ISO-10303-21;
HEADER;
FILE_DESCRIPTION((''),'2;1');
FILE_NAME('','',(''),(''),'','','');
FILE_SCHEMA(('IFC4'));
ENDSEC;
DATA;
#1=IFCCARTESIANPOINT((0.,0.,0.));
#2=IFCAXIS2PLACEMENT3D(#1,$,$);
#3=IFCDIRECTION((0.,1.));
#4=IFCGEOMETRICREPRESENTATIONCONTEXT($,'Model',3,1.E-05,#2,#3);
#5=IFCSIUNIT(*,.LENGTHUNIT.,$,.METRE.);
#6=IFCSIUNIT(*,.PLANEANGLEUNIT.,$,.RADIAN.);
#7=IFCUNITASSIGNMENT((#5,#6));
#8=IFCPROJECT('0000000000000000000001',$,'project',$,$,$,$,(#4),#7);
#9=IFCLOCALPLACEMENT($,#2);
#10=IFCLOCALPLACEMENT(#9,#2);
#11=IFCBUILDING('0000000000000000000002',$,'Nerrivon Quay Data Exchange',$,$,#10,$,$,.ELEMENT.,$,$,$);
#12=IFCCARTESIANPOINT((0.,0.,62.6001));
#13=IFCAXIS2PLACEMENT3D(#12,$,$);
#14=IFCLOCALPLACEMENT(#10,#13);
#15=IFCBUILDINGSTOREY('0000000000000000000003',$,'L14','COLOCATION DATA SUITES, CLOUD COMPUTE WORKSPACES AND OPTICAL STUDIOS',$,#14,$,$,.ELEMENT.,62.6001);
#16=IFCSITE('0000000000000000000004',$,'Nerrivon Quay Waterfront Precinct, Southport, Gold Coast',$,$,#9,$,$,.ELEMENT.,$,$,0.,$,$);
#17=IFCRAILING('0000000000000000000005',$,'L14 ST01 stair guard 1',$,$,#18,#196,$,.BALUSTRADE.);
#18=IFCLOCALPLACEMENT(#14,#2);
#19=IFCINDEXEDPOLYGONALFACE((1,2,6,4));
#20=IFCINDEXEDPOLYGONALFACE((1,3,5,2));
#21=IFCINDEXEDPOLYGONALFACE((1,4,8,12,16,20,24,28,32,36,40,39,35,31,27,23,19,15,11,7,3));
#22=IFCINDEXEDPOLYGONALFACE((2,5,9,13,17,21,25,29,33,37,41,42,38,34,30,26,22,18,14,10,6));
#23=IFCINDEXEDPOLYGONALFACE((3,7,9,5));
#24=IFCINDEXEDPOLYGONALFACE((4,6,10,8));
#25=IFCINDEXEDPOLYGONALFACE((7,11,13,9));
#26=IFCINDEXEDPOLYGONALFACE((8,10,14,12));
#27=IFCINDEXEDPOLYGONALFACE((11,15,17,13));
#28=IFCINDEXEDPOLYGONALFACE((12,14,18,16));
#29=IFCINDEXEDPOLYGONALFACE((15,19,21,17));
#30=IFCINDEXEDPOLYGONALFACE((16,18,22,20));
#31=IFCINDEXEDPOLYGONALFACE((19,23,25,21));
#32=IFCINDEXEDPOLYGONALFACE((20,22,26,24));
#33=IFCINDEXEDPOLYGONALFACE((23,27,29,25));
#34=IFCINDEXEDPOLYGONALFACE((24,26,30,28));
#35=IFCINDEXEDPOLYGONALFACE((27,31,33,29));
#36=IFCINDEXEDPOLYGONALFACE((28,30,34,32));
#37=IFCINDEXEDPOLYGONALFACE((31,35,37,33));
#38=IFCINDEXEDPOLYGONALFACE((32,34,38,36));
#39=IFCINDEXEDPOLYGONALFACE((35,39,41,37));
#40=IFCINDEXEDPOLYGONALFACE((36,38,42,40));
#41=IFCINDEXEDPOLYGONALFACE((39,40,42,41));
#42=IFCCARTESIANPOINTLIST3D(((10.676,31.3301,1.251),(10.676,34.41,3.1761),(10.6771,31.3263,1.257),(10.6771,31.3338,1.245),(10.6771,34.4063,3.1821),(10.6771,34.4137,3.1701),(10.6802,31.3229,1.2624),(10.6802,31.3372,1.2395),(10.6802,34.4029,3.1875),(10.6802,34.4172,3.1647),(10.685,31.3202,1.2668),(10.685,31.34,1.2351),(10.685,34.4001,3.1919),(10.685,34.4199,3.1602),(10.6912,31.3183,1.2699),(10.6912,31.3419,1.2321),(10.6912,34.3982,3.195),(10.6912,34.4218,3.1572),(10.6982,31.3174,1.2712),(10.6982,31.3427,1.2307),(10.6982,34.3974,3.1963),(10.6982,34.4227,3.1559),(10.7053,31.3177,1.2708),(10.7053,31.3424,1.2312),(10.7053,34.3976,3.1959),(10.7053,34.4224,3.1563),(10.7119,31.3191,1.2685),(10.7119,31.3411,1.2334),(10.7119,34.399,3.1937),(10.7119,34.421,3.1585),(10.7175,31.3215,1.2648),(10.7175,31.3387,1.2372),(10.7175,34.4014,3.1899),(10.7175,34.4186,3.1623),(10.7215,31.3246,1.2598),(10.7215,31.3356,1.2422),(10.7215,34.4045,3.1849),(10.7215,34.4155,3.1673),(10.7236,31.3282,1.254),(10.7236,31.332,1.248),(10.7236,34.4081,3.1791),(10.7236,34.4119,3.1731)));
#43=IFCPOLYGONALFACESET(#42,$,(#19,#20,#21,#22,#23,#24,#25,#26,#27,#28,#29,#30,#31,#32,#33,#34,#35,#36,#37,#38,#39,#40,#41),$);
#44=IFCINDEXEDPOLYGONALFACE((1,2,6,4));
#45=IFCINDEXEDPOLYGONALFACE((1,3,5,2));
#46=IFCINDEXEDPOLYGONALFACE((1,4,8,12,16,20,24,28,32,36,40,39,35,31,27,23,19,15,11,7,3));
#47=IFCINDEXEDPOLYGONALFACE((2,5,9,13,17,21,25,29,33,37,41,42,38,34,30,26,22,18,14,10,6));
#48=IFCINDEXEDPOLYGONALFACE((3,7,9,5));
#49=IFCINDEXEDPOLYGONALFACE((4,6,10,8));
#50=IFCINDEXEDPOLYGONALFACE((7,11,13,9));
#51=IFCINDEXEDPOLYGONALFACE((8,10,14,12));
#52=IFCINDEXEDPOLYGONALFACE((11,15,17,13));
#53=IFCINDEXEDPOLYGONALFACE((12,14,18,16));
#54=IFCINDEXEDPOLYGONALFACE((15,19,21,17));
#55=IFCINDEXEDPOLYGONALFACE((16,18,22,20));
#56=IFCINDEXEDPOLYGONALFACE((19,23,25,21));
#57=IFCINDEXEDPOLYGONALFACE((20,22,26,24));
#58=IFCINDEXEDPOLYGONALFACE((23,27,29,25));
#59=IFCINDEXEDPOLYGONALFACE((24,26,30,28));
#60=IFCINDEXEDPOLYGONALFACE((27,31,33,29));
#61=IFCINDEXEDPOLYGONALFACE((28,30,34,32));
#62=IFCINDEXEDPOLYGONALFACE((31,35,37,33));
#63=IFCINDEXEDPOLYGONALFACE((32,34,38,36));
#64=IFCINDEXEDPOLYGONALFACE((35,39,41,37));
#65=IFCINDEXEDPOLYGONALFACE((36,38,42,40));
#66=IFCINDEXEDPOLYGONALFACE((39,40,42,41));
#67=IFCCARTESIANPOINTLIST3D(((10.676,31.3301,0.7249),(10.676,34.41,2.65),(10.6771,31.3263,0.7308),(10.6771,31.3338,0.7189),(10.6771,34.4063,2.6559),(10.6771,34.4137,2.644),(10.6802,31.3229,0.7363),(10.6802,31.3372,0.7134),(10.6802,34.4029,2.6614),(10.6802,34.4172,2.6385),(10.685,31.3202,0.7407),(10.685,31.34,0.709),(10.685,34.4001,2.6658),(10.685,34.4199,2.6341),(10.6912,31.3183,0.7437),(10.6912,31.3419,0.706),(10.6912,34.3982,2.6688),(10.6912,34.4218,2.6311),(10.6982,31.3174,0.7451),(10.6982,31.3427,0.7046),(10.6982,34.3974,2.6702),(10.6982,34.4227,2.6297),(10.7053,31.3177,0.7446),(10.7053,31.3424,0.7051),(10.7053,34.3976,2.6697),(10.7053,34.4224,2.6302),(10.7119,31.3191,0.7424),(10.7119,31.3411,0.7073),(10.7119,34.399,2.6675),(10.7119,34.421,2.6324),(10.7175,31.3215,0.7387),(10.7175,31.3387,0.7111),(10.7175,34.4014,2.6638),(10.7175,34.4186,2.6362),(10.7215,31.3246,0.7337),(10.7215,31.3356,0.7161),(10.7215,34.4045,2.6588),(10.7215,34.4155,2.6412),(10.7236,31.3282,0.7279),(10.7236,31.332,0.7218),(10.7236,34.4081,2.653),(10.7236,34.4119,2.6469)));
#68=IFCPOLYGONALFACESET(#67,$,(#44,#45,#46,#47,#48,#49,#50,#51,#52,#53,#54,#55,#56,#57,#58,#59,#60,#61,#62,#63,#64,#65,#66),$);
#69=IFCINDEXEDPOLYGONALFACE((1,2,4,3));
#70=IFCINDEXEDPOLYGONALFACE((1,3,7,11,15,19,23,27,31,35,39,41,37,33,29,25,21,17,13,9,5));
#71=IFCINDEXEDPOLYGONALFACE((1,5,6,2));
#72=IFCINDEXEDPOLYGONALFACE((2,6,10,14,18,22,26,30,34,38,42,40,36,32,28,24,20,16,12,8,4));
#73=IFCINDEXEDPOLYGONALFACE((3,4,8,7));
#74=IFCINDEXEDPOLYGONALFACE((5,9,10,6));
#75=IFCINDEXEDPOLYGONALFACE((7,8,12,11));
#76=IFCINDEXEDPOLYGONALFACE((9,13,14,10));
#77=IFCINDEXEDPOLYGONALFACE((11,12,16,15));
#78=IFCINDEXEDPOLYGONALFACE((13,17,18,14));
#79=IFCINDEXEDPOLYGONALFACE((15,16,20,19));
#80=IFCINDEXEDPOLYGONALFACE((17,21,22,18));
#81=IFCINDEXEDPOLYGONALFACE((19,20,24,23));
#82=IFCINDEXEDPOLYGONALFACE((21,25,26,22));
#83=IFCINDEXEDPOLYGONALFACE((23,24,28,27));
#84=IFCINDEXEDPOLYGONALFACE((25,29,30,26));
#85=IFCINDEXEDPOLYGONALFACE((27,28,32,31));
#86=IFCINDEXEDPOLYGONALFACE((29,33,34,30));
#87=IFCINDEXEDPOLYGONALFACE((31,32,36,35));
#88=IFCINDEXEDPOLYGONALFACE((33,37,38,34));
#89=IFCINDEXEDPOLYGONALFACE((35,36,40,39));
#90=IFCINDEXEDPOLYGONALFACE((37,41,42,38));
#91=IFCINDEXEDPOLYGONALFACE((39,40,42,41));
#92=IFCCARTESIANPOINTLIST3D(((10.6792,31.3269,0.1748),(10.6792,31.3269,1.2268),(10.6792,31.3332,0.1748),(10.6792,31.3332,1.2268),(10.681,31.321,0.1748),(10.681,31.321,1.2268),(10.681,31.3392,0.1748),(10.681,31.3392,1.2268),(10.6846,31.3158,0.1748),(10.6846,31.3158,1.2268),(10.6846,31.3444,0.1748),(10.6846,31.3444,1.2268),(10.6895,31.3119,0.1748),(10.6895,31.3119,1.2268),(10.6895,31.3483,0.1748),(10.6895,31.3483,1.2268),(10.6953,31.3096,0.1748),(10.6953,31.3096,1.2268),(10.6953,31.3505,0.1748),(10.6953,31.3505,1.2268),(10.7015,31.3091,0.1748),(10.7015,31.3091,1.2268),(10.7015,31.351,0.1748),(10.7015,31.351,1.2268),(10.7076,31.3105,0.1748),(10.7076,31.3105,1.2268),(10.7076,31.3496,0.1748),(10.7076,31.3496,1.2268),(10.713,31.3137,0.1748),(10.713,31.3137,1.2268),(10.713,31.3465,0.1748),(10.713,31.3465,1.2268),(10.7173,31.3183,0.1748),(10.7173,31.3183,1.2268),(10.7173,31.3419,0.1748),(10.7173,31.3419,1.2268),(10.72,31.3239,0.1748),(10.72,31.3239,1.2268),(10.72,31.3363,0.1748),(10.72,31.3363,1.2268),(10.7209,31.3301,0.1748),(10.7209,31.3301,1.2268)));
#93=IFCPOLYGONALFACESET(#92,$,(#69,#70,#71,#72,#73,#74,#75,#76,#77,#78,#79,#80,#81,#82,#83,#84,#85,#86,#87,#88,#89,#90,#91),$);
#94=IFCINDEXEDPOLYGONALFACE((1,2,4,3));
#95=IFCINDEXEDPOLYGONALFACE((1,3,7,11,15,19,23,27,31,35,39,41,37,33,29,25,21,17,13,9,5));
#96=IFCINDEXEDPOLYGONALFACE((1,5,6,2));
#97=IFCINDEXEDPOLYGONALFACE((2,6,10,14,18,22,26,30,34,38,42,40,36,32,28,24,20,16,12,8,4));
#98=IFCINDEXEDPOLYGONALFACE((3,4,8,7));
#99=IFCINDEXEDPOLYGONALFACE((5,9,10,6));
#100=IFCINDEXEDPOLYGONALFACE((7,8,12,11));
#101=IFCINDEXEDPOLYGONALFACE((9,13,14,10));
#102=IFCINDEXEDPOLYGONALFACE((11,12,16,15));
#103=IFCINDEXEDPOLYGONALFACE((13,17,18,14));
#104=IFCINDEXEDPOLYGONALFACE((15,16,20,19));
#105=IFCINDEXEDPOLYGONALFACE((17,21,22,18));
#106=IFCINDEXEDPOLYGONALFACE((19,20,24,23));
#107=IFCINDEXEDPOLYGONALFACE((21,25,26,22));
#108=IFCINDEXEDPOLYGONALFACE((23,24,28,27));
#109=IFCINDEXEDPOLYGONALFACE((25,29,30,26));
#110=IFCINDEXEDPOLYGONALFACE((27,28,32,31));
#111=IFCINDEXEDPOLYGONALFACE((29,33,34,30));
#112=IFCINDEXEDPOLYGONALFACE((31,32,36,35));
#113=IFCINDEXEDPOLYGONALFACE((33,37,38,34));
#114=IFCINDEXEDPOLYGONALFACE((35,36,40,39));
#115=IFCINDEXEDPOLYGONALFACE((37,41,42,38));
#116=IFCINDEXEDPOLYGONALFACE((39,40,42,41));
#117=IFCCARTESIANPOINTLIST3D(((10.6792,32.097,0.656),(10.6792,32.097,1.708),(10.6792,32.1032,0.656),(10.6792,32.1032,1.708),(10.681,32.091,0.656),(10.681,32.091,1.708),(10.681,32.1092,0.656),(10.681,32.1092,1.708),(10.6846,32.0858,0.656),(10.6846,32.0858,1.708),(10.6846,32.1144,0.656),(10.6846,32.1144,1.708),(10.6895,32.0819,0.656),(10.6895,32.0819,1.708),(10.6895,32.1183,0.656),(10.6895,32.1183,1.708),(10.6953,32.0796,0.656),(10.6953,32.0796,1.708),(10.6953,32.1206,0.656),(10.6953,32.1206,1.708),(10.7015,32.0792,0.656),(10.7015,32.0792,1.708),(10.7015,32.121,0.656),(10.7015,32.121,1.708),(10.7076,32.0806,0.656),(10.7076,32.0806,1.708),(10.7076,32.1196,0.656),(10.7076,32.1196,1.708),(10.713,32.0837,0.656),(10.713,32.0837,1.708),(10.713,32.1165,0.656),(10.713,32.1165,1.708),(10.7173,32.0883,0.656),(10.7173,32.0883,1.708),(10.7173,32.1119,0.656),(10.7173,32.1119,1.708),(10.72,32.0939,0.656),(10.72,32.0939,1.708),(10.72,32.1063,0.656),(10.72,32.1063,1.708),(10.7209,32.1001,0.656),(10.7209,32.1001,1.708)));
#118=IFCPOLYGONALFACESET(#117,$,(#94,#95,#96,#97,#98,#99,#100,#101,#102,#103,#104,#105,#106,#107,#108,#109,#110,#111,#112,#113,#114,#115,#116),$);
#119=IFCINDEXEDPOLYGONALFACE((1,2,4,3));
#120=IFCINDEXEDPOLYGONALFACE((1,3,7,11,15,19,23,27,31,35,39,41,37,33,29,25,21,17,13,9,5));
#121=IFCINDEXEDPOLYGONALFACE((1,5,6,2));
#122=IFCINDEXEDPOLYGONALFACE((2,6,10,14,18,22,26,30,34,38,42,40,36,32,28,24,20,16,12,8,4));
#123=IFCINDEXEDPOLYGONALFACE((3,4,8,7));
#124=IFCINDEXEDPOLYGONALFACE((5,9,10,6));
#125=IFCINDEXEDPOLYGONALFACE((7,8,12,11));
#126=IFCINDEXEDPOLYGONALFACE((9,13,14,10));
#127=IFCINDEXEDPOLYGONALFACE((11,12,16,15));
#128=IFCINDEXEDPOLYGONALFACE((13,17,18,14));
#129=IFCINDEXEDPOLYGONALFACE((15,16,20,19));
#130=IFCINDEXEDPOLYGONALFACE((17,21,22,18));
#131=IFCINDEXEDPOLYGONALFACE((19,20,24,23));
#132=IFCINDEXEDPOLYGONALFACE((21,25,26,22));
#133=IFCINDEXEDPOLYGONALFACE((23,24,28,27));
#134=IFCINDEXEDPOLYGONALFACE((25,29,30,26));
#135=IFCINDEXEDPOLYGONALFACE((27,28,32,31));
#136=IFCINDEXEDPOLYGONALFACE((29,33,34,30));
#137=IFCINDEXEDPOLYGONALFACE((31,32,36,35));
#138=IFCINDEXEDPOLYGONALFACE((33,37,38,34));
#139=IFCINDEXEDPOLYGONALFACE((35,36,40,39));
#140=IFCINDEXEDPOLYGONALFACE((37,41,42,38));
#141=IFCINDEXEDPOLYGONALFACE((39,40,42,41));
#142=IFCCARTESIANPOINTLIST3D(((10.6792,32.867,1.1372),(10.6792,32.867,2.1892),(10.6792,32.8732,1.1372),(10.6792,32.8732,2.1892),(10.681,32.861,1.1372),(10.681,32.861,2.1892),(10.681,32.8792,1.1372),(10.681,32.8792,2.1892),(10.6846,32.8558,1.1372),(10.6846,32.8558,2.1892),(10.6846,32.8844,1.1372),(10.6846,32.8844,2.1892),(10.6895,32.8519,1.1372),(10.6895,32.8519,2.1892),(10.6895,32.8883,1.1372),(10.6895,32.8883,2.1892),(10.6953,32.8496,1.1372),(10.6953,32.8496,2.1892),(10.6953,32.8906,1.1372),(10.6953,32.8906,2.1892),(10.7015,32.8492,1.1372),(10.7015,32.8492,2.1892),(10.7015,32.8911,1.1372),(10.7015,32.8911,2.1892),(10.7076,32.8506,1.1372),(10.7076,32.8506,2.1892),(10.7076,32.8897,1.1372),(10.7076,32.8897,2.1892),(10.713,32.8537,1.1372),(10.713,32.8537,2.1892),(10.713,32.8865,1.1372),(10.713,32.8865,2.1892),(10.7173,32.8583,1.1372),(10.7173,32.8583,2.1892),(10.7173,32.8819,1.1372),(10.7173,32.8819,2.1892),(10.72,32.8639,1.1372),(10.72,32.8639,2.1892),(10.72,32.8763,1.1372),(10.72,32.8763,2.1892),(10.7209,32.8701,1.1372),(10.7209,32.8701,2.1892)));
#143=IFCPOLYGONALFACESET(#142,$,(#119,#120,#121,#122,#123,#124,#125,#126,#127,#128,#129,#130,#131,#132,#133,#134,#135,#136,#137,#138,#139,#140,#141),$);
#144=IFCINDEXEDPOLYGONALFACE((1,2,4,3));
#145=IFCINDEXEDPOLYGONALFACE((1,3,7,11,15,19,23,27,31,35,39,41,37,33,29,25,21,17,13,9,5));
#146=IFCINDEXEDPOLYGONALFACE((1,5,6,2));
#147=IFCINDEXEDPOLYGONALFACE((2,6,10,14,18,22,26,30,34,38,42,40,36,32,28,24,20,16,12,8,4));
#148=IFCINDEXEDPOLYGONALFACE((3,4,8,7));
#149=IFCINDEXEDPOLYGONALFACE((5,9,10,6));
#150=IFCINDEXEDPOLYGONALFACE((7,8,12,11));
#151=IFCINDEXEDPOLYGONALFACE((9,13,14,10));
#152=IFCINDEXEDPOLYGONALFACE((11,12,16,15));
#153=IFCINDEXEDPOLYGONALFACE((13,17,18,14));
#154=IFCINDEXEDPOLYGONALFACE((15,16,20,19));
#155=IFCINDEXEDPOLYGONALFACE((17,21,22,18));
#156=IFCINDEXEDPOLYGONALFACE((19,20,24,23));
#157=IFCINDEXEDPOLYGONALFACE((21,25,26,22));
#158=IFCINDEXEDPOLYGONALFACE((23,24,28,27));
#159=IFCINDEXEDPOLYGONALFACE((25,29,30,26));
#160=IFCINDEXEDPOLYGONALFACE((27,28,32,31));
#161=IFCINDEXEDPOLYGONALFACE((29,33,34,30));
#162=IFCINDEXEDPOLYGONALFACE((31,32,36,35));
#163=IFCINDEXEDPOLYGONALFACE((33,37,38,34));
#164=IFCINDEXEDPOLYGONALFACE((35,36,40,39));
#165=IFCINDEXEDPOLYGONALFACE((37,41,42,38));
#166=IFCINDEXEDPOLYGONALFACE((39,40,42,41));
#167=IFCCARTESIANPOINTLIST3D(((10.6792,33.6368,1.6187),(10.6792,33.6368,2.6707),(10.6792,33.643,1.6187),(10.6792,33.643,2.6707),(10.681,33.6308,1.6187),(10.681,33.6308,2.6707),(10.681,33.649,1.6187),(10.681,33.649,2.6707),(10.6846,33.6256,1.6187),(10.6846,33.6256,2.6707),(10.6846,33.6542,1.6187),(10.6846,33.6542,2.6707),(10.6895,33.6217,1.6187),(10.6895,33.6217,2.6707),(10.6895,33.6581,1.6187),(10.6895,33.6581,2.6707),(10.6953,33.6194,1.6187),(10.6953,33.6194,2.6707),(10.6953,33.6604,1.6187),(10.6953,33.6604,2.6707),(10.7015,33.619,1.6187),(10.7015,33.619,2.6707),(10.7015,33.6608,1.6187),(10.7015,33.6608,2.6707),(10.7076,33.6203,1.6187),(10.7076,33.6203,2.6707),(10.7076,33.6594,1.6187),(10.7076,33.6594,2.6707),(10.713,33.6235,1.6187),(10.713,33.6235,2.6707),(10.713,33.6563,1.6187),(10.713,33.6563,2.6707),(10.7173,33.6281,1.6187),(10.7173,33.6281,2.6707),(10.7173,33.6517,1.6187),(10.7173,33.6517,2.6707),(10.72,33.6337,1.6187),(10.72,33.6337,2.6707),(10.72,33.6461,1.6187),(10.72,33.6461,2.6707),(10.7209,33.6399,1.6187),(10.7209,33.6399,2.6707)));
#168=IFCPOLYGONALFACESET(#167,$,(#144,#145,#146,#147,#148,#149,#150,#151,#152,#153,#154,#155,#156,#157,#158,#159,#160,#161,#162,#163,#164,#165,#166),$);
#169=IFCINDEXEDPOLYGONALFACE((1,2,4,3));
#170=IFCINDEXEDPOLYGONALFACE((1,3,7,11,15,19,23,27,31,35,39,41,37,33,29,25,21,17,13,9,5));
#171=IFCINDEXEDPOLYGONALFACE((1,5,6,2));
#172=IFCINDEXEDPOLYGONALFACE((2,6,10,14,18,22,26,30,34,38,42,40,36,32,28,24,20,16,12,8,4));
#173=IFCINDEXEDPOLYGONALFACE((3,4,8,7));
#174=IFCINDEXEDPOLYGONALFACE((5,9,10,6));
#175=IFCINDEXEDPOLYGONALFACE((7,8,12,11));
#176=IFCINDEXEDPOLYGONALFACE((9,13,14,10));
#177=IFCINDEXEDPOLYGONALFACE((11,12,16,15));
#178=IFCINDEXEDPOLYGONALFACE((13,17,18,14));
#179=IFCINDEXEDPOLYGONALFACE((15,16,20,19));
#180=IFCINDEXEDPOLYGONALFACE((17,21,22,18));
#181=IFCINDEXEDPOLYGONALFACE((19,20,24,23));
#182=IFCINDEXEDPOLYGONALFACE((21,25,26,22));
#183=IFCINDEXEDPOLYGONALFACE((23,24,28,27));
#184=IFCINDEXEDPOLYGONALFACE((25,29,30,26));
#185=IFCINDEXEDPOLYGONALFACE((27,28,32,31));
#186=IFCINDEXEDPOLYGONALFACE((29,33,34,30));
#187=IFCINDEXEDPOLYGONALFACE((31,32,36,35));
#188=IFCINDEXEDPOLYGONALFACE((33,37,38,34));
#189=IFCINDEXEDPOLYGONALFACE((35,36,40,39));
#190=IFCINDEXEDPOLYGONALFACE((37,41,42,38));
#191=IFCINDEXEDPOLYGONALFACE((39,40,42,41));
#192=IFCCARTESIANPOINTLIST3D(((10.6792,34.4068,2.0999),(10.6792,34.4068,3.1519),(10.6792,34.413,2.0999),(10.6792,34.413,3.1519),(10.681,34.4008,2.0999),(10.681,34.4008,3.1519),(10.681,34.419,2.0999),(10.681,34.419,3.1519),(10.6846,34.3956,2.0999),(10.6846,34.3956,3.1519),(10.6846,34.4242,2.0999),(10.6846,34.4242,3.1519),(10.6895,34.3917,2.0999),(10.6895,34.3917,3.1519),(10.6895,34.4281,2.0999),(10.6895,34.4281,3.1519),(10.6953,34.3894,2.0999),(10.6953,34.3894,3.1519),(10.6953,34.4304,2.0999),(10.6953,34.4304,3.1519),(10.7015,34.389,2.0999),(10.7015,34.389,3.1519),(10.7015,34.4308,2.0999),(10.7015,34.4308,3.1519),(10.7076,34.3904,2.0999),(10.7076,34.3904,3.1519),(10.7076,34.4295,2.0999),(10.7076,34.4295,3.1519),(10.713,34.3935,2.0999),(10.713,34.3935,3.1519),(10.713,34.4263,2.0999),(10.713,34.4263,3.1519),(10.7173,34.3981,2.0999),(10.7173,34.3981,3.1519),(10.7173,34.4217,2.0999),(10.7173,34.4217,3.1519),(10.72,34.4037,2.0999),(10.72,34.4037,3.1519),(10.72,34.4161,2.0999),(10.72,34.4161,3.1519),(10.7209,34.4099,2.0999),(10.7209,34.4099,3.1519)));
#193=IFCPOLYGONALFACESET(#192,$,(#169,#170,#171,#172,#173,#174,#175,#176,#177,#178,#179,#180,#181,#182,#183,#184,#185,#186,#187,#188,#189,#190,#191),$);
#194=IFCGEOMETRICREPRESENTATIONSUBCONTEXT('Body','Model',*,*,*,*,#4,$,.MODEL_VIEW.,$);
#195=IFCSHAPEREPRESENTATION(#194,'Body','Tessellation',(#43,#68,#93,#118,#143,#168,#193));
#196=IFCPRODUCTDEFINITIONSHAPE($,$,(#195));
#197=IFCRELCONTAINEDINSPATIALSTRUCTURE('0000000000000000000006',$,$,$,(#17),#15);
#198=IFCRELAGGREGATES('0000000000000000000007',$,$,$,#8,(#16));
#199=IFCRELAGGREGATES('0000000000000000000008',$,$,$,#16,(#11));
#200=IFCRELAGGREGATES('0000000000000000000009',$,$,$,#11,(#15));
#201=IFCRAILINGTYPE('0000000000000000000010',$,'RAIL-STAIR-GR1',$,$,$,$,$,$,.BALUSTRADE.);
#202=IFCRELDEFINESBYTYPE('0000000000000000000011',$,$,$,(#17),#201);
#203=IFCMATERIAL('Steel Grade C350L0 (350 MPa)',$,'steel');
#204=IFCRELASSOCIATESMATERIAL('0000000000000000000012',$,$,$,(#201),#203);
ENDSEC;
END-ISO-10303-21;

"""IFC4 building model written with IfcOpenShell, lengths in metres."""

from ifc_helpers import new_model, si_unit, direction, frame, origin, origin_2d, place, context, subcontext, project, spatial, circle, extrude, material, type_object, element, save


model = new_model("IFC4")

# Units and contexts
model_context = context("Model", 3, precision=1e-05, world=origin(), true_north=direction((0.0, 1.0)))
body_context = subcontext(model_context, "Body", "Model", "MODEL_VIEW")
ifc_project = project(units=[si_unit("LENGTHUNIT", "METRE"), si_unit("PLANEANGLEUNIT", "RADIAN")], contexts=[model_context])

# Site, building, storey
site_placement = place(None, origin())
site = spatial("IfcSite", under=ifc_project, at=site_placement, Name="Nerrivon Quay Waterfront Precinct, Southport, Gold Coast", CompositionType="ELEMENT", RefElevation=0.0)
building_placement = place(site_placement, origin())
building = spatial("IfcBuilding", under=site, at=building_placement, Name="Nerrivon Quay Data Exchange", CompositionType="ELEMENT")
storey_placement = place(building_placement, frame((0.0, 0.0, 62.6001)))
storey = spatial("IfcBuildingStorey", under=building, at=storey_placement, Name="L14", Description="COLOCATION DATA SUITES, CLOUD COMPUTE WORKSPACES AND OPTICAL STUDIOS", CompositionType="ELEMENT", Elevation=62.6001)

# Railing
ifc_material_1 = material(Name="Steel Grade C350L0 (350 MPa)", Category="steel")
railing_type_1 = type_object("IfcRailingType", Name="RAIL-STAIR-GR1", PredefinedType="BALUSTRADE", material=ifc_material_1)
railing_1_placement = place(storey_placement, frame((10.7, 31.3301, 0.1748)))
element("IfcRailing", 1, at=railing_1_placement, inside=storey, type_object=railing_type_1, Name="L14 ST01 stair guard 1", PredefinedType="BALUSTRADE", context=body_context, shape_type="SweptSolid", body=[
    extrude(circle(Radius=0.0239, at=origin_2d()), frame((0.0, 0.0, 1.0762), z_axis=(0.0, 0.847979, 0.530029), x_axis=(-1.0, 0.0, 0.0)), (0.0, 0.0, 1.0), 3.6321),
    extrude(circle(Radius=0.0239, at=origin_2d()), frame((0.0, 0.0, 0.55), z_axis=(0.0, 0.847979, 0.530029), x_axis=(-1.0, 0.0, 0.0)), (0.0, 0.0, 1.0), 3.6321),
    extrude(circle(Radius=0.021, at=origin_2d()), origin(), (0.0, 0.0, 1.0), 1.052),
    extrude(circle(Radius=0.021, at=origin_2d()), frame((0.0, 0.77, 0.4812)), (0.0, 0.0, 1.0), 1.052),
    extrude(circle(Radius=0.021, at=origin_2d()), frame((0.0, 1.54, 0.9624)), (0.0, 0.0, 1.0), 1.052),
    extrude(circle(Radius=0.021, at=origin_2d()), frame((0.0, 2.3098, 1.4438)), (0.0, 0.0, 1.0), 1.052),
    extrude(circle(Radius=0.021, at=origin_2d()), frame((0.0, 3.0798, 1.925)), (0.0, 0.0, 1.0), 1.052),
])

save(model, "model.ifc")
